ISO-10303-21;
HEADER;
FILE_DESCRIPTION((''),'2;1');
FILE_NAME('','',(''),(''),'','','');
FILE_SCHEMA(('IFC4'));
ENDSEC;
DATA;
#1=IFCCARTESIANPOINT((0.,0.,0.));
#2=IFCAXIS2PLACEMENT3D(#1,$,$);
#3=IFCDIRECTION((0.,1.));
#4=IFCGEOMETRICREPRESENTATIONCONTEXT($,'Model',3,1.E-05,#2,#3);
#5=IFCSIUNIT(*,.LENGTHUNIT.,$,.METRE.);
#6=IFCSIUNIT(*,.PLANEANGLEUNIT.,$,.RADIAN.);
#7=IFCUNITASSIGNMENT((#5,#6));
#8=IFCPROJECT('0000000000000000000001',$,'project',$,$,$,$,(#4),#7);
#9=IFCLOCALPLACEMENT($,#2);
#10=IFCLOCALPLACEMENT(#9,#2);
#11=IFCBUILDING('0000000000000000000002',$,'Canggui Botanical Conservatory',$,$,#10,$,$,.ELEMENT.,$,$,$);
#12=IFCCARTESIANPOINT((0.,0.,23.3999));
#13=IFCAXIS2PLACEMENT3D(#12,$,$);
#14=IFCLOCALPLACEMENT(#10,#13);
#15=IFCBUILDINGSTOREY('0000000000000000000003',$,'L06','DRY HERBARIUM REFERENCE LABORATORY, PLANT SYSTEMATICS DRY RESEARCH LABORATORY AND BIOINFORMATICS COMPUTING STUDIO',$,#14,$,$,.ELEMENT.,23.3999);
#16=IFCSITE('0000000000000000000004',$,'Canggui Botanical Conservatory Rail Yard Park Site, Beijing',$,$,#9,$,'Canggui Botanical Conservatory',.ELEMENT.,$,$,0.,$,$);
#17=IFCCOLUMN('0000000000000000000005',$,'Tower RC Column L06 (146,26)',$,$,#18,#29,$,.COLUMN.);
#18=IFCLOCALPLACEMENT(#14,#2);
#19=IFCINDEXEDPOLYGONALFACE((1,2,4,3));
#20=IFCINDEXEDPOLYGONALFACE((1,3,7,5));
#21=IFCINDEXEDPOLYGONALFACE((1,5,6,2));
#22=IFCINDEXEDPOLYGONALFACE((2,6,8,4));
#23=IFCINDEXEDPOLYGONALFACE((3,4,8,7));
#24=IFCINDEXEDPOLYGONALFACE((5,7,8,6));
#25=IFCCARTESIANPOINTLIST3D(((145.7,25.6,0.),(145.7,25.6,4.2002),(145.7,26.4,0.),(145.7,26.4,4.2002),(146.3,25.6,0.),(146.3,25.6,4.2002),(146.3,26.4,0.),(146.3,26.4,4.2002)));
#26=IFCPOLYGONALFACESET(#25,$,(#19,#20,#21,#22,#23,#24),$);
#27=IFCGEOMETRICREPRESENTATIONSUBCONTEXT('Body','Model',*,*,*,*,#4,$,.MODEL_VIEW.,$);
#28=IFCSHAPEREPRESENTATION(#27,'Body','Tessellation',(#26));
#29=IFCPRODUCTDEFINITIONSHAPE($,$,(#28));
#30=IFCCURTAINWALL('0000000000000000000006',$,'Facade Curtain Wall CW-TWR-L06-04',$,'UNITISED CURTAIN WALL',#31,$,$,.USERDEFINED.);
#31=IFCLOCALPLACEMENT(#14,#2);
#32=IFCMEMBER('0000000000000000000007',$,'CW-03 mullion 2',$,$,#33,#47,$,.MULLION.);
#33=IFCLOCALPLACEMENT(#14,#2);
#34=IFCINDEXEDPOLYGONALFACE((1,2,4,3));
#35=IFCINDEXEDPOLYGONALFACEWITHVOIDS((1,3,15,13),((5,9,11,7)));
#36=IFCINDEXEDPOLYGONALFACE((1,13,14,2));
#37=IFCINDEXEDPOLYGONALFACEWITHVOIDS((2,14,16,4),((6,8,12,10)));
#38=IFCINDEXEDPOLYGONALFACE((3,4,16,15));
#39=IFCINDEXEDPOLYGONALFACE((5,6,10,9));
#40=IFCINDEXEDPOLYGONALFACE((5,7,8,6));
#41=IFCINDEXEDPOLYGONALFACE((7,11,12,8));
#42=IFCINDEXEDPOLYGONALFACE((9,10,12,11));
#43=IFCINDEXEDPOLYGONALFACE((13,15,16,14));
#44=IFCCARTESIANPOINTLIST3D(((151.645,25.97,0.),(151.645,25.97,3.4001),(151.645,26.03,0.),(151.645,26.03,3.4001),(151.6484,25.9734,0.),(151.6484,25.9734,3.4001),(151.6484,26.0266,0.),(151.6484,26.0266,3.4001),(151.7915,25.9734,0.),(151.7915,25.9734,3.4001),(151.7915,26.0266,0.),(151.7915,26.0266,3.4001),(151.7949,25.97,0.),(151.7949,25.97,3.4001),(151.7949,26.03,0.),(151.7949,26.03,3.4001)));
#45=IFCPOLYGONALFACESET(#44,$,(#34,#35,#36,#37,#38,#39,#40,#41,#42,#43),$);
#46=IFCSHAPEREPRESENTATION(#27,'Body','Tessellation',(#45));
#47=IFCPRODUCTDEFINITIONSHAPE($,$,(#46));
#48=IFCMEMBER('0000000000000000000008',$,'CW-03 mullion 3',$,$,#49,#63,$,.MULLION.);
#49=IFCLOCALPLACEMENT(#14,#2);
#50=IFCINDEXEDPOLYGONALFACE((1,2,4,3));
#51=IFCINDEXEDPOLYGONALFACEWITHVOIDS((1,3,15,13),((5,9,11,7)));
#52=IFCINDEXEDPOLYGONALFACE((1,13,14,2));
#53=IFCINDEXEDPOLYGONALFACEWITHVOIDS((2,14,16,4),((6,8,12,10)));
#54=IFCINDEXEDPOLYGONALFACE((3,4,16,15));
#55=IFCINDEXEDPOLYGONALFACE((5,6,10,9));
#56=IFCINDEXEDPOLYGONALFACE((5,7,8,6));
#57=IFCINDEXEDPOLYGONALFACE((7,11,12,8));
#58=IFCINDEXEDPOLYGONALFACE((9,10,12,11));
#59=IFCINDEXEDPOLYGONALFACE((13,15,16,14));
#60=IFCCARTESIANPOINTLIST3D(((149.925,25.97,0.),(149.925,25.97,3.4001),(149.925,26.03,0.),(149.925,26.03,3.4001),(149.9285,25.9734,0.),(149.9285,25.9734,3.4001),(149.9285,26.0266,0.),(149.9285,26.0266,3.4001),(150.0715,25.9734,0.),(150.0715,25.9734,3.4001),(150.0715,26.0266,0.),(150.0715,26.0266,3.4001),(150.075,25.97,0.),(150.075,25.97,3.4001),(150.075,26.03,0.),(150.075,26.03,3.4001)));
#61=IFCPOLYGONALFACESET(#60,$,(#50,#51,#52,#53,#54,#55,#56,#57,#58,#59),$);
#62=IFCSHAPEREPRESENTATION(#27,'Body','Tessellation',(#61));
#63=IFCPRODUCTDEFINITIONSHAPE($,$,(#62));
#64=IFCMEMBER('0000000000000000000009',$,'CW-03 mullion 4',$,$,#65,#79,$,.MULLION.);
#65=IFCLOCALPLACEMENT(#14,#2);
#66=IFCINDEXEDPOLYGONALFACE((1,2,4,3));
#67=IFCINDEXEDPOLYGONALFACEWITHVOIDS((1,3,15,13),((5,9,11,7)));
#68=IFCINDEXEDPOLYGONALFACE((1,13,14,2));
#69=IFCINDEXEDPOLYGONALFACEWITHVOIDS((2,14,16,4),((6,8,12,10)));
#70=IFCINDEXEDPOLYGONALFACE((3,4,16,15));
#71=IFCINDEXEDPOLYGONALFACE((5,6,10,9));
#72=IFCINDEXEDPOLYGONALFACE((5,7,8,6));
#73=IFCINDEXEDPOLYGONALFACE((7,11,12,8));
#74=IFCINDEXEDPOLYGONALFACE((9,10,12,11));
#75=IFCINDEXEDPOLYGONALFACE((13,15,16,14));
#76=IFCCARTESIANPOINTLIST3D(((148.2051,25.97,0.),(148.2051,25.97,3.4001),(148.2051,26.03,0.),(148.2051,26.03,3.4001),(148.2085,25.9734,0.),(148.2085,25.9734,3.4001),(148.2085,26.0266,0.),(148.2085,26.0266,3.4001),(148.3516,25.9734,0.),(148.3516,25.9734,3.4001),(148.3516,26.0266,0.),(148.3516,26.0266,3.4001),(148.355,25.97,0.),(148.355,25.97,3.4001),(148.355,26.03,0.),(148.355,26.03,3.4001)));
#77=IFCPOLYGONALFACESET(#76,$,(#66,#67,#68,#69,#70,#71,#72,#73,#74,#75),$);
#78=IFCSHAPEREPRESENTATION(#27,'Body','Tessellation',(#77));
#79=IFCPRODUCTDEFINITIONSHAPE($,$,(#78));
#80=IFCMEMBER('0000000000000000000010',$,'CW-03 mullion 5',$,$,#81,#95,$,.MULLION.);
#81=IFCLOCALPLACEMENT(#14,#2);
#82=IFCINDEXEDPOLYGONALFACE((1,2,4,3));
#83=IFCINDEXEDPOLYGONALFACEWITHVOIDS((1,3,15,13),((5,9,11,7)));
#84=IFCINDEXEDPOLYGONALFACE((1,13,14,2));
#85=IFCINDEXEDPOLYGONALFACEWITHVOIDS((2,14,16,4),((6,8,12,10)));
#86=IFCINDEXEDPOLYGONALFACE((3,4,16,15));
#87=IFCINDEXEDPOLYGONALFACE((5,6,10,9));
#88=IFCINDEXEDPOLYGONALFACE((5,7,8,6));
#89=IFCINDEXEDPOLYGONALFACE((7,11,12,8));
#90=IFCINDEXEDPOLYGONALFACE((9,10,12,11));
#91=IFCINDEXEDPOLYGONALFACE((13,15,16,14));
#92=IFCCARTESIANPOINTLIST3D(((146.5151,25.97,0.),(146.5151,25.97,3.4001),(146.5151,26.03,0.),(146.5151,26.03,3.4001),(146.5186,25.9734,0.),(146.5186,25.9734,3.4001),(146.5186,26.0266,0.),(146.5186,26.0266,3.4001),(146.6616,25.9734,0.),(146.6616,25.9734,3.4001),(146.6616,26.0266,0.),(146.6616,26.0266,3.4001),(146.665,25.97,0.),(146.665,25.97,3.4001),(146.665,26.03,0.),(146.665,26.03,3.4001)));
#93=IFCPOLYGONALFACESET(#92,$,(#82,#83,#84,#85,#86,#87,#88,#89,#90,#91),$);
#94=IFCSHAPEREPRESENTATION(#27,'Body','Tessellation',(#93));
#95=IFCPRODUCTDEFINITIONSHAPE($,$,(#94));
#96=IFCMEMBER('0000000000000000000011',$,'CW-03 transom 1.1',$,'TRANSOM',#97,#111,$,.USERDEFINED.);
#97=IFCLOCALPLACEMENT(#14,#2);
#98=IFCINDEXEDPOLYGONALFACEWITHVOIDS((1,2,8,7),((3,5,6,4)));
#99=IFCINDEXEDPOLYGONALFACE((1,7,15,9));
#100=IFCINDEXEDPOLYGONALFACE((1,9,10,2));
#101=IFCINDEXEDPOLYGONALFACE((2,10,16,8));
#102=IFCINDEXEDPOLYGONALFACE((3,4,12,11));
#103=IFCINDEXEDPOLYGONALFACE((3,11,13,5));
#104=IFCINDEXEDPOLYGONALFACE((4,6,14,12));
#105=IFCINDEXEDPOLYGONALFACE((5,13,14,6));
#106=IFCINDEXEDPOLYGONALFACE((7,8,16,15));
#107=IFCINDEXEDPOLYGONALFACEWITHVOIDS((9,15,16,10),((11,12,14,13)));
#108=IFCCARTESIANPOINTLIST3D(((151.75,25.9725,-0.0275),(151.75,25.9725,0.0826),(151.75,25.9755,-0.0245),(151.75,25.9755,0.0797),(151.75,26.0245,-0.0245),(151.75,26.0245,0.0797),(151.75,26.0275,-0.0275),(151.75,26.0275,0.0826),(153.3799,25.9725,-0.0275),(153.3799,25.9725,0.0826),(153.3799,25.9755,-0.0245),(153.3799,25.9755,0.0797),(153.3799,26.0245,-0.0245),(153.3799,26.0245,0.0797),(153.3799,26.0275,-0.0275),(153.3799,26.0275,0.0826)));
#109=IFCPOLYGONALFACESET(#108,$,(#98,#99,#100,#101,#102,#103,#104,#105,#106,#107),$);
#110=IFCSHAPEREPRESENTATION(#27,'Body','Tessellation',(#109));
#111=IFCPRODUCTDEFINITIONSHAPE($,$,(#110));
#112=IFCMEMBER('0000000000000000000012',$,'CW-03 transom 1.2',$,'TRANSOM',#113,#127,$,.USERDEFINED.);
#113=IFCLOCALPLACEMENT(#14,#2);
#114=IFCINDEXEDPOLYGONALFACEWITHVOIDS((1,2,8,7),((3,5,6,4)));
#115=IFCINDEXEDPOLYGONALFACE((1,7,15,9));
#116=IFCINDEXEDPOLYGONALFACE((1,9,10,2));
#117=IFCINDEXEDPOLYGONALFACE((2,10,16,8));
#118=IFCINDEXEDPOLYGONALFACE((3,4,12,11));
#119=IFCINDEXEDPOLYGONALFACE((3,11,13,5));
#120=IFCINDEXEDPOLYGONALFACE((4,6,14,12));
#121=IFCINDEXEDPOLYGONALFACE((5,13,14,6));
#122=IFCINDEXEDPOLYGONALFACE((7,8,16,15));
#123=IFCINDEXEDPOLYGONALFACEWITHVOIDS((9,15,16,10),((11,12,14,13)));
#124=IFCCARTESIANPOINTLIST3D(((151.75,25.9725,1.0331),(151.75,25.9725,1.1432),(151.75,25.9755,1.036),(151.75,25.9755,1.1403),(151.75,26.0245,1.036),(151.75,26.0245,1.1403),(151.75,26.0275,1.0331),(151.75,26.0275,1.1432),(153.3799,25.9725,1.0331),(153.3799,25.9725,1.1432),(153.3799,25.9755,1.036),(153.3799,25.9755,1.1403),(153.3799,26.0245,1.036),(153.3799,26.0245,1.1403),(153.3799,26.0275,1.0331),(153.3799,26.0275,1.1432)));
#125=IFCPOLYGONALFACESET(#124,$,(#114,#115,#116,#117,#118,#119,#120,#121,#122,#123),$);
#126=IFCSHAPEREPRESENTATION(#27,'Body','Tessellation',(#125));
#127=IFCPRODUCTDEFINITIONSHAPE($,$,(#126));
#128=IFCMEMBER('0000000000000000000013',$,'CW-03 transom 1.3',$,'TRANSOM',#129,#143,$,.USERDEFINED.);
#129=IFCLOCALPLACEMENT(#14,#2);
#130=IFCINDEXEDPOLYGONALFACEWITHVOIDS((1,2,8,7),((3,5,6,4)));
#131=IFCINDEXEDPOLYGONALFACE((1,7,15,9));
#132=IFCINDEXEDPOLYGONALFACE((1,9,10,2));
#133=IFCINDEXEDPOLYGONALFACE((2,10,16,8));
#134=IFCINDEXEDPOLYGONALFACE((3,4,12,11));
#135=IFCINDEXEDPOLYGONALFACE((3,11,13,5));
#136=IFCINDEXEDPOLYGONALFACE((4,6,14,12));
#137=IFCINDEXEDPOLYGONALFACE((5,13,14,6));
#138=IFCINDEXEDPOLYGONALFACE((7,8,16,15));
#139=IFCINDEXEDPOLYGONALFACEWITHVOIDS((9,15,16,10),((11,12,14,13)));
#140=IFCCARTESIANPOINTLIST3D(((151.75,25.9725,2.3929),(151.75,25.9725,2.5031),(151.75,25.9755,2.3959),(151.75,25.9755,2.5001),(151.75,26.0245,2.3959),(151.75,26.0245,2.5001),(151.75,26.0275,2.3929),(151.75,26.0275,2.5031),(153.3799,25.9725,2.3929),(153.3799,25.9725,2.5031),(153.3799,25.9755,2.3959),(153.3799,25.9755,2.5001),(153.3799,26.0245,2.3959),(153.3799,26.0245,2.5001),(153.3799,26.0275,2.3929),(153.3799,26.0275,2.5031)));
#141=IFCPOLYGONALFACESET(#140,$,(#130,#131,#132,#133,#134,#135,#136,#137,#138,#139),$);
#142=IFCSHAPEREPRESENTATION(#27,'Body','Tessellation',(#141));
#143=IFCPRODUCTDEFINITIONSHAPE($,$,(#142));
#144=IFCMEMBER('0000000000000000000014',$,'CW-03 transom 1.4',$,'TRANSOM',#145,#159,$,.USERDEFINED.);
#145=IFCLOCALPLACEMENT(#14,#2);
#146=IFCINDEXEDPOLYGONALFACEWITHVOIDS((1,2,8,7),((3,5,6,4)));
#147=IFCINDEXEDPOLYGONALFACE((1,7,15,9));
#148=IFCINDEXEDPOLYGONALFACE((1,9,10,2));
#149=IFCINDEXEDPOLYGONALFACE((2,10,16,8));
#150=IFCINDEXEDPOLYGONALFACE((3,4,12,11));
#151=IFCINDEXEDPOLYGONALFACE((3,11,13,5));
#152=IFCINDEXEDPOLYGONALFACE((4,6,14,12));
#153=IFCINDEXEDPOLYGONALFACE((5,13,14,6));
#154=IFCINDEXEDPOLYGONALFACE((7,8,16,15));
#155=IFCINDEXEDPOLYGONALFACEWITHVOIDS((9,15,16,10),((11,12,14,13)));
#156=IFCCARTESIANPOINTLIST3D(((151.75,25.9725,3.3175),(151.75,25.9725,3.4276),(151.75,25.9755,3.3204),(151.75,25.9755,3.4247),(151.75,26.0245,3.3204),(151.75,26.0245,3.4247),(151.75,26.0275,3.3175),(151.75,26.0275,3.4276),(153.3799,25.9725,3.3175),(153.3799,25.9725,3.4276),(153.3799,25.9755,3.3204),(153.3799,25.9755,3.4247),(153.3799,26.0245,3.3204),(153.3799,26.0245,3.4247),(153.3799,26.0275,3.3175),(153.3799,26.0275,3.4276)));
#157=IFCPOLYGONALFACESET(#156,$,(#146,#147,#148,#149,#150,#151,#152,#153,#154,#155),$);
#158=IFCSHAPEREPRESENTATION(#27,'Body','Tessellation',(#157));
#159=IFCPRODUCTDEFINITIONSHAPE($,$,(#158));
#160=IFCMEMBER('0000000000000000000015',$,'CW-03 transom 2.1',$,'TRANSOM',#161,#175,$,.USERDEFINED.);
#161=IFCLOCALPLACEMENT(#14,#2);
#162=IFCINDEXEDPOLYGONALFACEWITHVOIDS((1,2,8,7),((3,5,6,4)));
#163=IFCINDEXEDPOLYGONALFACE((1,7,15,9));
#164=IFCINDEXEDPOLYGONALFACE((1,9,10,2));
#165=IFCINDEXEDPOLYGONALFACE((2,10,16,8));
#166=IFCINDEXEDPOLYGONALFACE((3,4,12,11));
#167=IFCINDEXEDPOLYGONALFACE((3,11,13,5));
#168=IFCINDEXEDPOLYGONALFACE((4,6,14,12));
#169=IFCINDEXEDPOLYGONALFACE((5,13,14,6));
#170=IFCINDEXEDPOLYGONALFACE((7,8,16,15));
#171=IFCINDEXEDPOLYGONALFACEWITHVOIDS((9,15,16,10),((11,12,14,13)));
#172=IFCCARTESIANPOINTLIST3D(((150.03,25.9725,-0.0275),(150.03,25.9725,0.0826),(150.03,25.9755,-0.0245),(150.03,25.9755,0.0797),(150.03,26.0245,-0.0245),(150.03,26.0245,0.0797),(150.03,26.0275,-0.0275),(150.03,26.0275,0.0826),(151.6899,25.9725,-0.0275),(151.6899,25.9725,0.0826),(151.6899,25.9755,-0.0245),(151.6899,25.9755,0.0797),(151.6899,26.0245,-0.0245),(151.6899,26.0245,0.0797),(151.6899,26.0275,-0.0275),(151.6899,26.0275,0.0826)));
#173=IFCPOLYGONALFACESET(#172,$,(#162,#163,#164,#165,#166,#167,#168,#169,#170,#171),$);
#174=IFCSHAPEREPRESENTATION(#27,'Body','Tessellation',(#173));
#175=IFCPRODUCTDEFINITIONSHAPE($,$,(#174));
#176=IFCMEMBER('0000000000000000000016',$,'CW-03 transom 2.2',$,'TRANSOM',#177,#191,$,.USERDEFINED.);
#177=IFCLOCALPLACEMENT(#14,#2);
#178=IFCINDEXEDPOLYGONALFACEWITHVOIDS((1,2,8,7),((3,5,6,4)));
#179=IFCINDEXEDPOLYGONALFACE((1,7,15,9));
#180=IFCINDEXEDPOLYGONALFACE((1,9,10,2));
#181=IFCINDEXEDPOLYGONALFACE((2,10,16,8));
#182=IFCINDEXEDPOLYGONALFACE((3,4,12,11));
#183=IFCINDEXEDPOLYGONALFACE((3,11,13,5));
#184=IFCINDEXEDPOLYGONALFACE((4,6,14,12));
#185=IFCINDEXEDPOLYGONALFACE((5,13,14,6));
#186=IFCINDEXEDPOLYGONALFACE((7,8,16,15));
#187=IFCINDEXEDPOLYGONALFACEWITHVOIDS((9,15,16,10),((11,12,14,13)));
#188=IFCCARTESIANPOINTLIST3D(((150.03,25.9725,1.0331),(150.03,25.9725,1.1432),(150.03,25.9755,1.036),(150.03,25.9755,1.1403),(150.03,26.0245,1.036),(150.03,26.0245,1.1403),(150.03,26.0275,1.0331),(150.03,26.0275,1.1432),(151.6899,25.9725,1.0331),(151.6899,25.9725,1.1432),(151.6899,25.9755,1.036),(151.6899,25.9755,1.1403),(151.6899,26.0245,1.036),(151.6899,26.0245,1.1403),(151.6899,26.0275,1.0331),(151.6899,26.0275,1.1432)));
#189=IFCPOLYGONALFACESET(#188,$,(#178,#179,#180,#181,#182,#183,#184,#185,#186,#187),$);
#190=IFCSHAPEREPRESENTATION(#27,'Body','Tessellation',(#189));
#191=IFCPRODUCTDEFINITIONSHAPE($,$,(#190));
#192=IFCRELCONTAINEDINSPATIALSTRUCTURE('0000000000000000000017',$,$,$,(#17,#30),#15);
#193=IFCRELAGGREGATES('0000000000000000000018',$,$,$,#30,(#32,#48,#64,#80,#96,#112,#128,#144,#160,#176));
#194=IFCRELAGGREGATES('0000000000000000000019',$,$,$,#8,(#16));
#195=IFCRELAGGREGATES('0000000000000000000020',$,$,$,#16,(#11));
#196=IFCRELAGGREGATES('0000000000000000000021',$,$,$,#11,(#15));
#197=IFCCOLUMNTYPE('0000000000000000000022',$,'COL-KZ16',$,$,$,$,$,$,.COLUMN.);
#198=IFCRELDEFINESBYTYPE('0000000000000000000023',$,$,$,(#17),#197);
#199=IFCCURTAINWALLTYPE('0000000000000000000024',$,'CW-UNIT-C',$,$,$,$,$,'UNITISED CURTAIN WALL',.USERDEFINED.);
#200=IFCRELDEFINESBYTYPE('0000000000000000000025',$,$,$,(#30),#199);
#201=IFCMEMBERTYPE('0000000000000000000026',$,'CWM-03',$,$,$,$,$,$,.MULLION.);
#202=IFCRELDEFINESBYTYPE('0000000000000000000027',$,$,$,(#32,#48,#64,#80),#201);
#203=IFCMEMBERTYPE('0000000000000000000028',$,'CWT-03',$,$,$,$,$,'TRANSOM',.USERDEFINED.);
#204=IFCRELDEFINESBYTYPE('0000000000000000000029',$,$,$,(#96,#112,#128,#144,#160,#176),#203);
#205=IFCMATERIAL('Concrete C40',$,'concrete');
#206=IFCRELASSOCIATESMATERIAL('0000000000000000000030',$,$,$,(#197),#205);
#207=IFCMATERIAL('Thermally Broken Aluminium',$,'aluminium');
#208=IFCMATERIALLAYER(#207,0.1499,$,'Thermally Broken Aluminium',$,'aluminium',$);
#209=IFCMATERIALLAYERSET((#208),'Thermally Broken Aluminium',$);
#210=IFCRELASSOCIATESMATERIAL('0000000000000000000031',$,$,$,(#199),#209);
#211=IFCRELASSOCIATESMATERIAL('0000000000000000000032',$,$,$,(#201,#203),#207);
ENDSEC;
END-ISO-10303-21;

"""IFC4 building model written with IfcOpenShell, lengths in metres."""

from ifc_helpers import new_model, si_unit, direction, frame, origin, origin_2d, place, context, subcontext, project, spatial, rectangle, hollow_rectangle, extrude, material, layer, layer_set, material_profile, profile_set, type_object, element, aggregate, save


model = new_model("IFC4")

# Units and contexts
model_context = context("Model", 3, precision=1e-05, world=origin(), true_north=direction((0.0, 1.0)))
body_context = subcontext(model_context, "Body", "Model", "MODEL_VIEW")
ifc_project = project(units=[si_unit("LENGTHUNIT", "METRE"), si_unit("PLANEANGLEUNIT", "RADIAN")], contexts=[model_context])

# Site, building, storey
site_placement = place(None, origin())
site = spatial("IfcSite", under=ifc_project, at=site_placement, Name="Canggui Botanical Conservatory Rail Yard Park Site, Beijing", LongName="Canggui Botanical Conservatory", CompositionType="ELEMENT", RefElevation=0.0)
building_placement = place(site_placement, origin())
building = spatial("IfcBuilding", under=site, at=building_placement, Name="Canggui Botanical Conservatory", CompositionType="ELEMENT")
storey_placement = place(building_placement, frame((0.0, 0.0, 23.3999)))
storey = spatial("IfcBuildingStorey", under=building, at=storey_placement, Name="L06", Description="DRY HERBARIUM REFERENCE LABORATORY, PLANT SYSTEMATICS DRY RESEARCH LABORATORY AND BIOINFORMATICS COMPUTING STUDIO", CompositionType="ELEMENT", Elevation=23.3999)

# Column
ifc_material_1 = material(Name="Concrete C40", Category="concrete")
ifc_material_profile_1 = material_profile(ifc_material_1, rectangle(XDim=0.6001, YDim=0.8, at=origin_2d()), Name="RC 600x800")
ifc_profile_set_1 = profile_set([ifc_material_profile_1], Name="Concrete C40")
column_type = type_object("IfcColumnType", Name="COL-KZ16", PredefinedType="COLUMN", material=ifc_profile_set_1)
column_placement = place(storey_placement, frame((146.0, 26.0, 0.0), z_axis=(0.0, 0.0, 1.0), x_axis=(1.0, 0.0, 0.0)))
element("IfcColumn", 1, at=column_placement, inside=storey, type_object=column_type, Name="Tower RC Column L06 (146,26)", PredefinedType="COLUMN", context=body_context, shape_type="SweptSolid", body=[
    extrude(rectangle(XDim=0.6001, YDim=0.8, at=origin_2d()), origin(), (0.0, 0.0, 1.0), 4.2002),
])

# Curtain wall, members
ifc_material_2 = material(Name="Thermally Broken Aluminium", Category="aluminium")
ifc_layer_1 = layer(ifc_material_2, 0.1499, Name="Thermally Broken Aluminium", Category="aluminium")
ifc_layer_set_1 = layer_set([ifc_layer_1], Name="Thermally Broken Aluminium")
curtain_wall_type = type_object("IfcCurtainWallType", Name="CW-UNIT-C", ElementType="UNITISED CURTAIN WALL", PredefinedType="USERDEFINED", material=ifc_layer_set_1)
curtain_wall_placement = place(storey_placement, origin())
curtain_wall = element("IfcCurtainWall", 2, at=curtain_wall_placement, inside=storey, type_object=curtain_wall_type, Name="Facade Curtain Wall CW-TWR-L06-04", ObjectType="UNITISED CURTAIN WALL", PredefinedType="USERDEFINED")
ifc_material_profile_2 = material_profile(ifc_material_2, hollow_rectangle(XDim=0.0601, YDim=0.1499, WallThickness=0.0034, at=origin_2d()), Name="CWM 60x150x3.5")
ifc_profile_set_2 = profile_set([ifc_material_profile_2], Name="Thermally Broken Aluminium")
member_type_1 = type_object("IfcMemberType", Name="CWM-03", PredefinedType="MULLION", material=ifc_profile_set_2)
member_1_placement = place(storey_placement, frame((151.72, 26.0, 0.0), z_axis=(0.0, 0.0, 1.0), x_axis=(0.0, -1.0, 0.0)))
member_1 = element("IfcMember", 3, at=member_1_placement, type_object=member_type_1, Name="CW-03 mullion 2", PredefinedType="MULLION", context=body_context, shape_type="SweptSolid", body=[
    extrude(hollow_rectangle(XDim=0.0601, YDim=0.1499, WallThickness=0.0034, at=origin_2d()), origin(), (0.0, 0.0, 1.0), 3.4001),
])
member_2_placement = place(storey_placement, frame((150.0, 26.0, 0.0), z_axis=(0.0, 0.0, 1.0), x_axis=(0.0, -1.0, 0.0)))
member_2 = element("IfcMember", 4, at=member_2_placement, type_object=member_type_1, Name="CW-03 mullion 3", PredefinedType="MULLION", context=body_context, shape_type="SweptSolid", body=[
    extrude(hollow_rectangle(XDim=0.0601, YDim=0.1499, WallThickness=0.0034, at=origin_2d()), origin(), (0.0, 0.0, 1.0), 3.4001),
])
member_3_placement = place(storey_placement, frame((148.28, 26.0, 0.0), z_axis=(0.0, 0.0, 1.0), x_axis=(0.0, -1.0, 0.0)))
member_3 = element("IfcMember", 5, at=member_3_placement, type_object=member_type_1, Name="CW-03 mullion 4", PredefinedType="MULLION", context=body_context, shape_type="SweptSolid", body=[
    extrude(hollow_rectangle(XDim=0.0601, YDim=0.1499, WallThickness=0.0034, at=origin_2d()), origin(), (0.0, 0.0, 1.0), 3.4001),
])
member_4_placement = place(storey_placement, frame((146.5901, 26.0, 0.0), z_axis=(0.0, 0.0, 1.0), x_axis=(0.0, -1.0, 0.0)))
member_4 = element("IfcMember", 6, at=member_4_placement, type_object=member_type_1, Name="CW-03 mullion 5", PredefinedType="MULLION", context=body_context, shape_type="SweptSolid", body=[
    extrude(hollow_rectangle(XDim=0.0601, YDim=0.1499, WallThickness=0.0034, at=origin_2d()), origin(), (0.0, 0.0, 1.0), 3.4001),
])
ifc_material_profile_3 = material_profile(ifc_material_2, hollow_rectangle(XDim=0.0549, YDim=0.1101, WallThickness=0.0029, at=origin_2d()), Name="CWT 55x110x3")
ifc_profile_set_3 = profile_set([ifc_material_profile_3], Name="Thermally Broken Aluminium")
member_type_2 = type_object("IfcMemberType", Name="CWT-03", ElementType="TRANSOM", PredefinedType="USERDEFINED", material=ifc_profile_set_3)
member_5_placement = place(storey_placement, frame((153.3799, 26.0, 0.0276), z_axis=(-1.0, 0.0, 0.0), x_axis=(0.0, -1.0, 0.0)))
member_5 = element("IfcMember", 7, at=member_5_placement, type_object=member_type_2, Name="CW-03 transom 1.1", ObjectType="TRANSOM", PredefinedType="USERDEFINED", context=body_context, shape_type="SweptSolid", body=[
    extrude(hollow_rectangle(XDim=0.0549, YDim=0.1101, WallThickness=0.0029, at=origin_2d()), origin(), (0.0, 0.0, 1.0), 1.6299),
])
member_6_placement = place(storey_placement, frame((153.3799, 26.0, 1.0881), z_axis=(-1.0, 0.0, 0.0), x_axis=(0.0, -1.0, 0.0)))
member_6 = element("IfcMember", 8, at=member_6_placement, type_object=member_type_2, Name="CW-03 transom 1.2", ObjectType="TRANSOM", PredefinedType="USERDEFINED", context=body_context, shape_type="SweptSolid", body=[
    extrude(hollow_rectangle(XDim=0.0549, YDim=0.1101, WallThickness=0.0029, at=origin_2d()), origin(), (0.0, 0.0, 1.0), 1.6299),
])
member_7_placement = place(storey_placement, frame((153.3799, 26.0, 2.448), z_axis=(-1.0, 0.0, 0.0), x_axis=(0.0, -1.0, 0.0)))
member_7 = element("IfcMember", 9, at=member_7_placement, type_object=member_type_2, Name="CW-03 transom 1.3", ObjectType="TRANSOM", PredefinedType="USERDEFINED", context=body_context, shape_type="SweptSolid", body=[
    extrude(hollow_rectangle(XDim=0.0549, YDim=0.1101, WallThickness=0.0029, at=origin_2d()), origin(), (0.0, 0.0, 1.0), 1.6299),
])
member_8_placement = place(storey_placement, frame((153.3799, 26.0, 3.3726), z_axis=(-1.0, 0.0, 0.0), x_axis=(0.0, -1.0, 0.0)))
member_8 = element("IfcMember", 10, at=member_8_placement, type_object=member_type_2, Name="CW-03 transom 1.4", ObjectType="TRANSOM", PredefinedType="USERDEFINED", context=body_context, shape_type="SweptSolid", body=[
    extrude(hollow_rectangle(XDim=0.0549, YDim=0.1101, WallThickness=0.0029, at=origin_2d()), origin(), (0.0, 0.0, 1.0), 1.6299),
])
member_9_placement = place(storey_placement, frame((151.6899, 26.0, 0.0276), z_axis=(-1.0, 0.0, 0.0), x_axis=(0.0, -1.0, 0.0)))
member_9 = element("IfcMember", 11, at=member_9_placement, type_object=member_type_2, Name="CW-03 transom 2.1", ObjectType="TRANSOM", PredefinedType="USERDEFINED", context=body_context, shape_type="SweptSolid", body=[
    extrude(hollow_rectangle(XDim=0.0549, YDim=0.1101, WallThickness=0.0029, at=origin_2d()), origin(), (0.0, 0.0, 1.0), 1.6599),
])
member_10_placement = place(storey_placement, frame((151.6899, 26.0, 1.0881), z_axis=(-1.0, 0.0, 0.0), x_axis=(0.0, -1.0, 0.0)))
member_10 = element("IfcMember", 12, at=member_10_placement, type_object=member_type_2, Name="CW-03 transom 2.2", ObjectType="TRANSOM", PredefinedType="USERDEFINED", context=body_context, shape_type="SweptSolid", body=[
    extrude(hollow_rectangle(XDim=0.0549, YDim=0.1101, WallThickness=0.0029, at=origin_2d()), origin(), (0.0, 0.0, 1.0), 1.6599),
])
aggregate(curtain_wall, [member_1, member_2, member_3, member_4, member_5, member_6, member_7, member_8, member_9, member_10])

save(model, "model.ifc")
